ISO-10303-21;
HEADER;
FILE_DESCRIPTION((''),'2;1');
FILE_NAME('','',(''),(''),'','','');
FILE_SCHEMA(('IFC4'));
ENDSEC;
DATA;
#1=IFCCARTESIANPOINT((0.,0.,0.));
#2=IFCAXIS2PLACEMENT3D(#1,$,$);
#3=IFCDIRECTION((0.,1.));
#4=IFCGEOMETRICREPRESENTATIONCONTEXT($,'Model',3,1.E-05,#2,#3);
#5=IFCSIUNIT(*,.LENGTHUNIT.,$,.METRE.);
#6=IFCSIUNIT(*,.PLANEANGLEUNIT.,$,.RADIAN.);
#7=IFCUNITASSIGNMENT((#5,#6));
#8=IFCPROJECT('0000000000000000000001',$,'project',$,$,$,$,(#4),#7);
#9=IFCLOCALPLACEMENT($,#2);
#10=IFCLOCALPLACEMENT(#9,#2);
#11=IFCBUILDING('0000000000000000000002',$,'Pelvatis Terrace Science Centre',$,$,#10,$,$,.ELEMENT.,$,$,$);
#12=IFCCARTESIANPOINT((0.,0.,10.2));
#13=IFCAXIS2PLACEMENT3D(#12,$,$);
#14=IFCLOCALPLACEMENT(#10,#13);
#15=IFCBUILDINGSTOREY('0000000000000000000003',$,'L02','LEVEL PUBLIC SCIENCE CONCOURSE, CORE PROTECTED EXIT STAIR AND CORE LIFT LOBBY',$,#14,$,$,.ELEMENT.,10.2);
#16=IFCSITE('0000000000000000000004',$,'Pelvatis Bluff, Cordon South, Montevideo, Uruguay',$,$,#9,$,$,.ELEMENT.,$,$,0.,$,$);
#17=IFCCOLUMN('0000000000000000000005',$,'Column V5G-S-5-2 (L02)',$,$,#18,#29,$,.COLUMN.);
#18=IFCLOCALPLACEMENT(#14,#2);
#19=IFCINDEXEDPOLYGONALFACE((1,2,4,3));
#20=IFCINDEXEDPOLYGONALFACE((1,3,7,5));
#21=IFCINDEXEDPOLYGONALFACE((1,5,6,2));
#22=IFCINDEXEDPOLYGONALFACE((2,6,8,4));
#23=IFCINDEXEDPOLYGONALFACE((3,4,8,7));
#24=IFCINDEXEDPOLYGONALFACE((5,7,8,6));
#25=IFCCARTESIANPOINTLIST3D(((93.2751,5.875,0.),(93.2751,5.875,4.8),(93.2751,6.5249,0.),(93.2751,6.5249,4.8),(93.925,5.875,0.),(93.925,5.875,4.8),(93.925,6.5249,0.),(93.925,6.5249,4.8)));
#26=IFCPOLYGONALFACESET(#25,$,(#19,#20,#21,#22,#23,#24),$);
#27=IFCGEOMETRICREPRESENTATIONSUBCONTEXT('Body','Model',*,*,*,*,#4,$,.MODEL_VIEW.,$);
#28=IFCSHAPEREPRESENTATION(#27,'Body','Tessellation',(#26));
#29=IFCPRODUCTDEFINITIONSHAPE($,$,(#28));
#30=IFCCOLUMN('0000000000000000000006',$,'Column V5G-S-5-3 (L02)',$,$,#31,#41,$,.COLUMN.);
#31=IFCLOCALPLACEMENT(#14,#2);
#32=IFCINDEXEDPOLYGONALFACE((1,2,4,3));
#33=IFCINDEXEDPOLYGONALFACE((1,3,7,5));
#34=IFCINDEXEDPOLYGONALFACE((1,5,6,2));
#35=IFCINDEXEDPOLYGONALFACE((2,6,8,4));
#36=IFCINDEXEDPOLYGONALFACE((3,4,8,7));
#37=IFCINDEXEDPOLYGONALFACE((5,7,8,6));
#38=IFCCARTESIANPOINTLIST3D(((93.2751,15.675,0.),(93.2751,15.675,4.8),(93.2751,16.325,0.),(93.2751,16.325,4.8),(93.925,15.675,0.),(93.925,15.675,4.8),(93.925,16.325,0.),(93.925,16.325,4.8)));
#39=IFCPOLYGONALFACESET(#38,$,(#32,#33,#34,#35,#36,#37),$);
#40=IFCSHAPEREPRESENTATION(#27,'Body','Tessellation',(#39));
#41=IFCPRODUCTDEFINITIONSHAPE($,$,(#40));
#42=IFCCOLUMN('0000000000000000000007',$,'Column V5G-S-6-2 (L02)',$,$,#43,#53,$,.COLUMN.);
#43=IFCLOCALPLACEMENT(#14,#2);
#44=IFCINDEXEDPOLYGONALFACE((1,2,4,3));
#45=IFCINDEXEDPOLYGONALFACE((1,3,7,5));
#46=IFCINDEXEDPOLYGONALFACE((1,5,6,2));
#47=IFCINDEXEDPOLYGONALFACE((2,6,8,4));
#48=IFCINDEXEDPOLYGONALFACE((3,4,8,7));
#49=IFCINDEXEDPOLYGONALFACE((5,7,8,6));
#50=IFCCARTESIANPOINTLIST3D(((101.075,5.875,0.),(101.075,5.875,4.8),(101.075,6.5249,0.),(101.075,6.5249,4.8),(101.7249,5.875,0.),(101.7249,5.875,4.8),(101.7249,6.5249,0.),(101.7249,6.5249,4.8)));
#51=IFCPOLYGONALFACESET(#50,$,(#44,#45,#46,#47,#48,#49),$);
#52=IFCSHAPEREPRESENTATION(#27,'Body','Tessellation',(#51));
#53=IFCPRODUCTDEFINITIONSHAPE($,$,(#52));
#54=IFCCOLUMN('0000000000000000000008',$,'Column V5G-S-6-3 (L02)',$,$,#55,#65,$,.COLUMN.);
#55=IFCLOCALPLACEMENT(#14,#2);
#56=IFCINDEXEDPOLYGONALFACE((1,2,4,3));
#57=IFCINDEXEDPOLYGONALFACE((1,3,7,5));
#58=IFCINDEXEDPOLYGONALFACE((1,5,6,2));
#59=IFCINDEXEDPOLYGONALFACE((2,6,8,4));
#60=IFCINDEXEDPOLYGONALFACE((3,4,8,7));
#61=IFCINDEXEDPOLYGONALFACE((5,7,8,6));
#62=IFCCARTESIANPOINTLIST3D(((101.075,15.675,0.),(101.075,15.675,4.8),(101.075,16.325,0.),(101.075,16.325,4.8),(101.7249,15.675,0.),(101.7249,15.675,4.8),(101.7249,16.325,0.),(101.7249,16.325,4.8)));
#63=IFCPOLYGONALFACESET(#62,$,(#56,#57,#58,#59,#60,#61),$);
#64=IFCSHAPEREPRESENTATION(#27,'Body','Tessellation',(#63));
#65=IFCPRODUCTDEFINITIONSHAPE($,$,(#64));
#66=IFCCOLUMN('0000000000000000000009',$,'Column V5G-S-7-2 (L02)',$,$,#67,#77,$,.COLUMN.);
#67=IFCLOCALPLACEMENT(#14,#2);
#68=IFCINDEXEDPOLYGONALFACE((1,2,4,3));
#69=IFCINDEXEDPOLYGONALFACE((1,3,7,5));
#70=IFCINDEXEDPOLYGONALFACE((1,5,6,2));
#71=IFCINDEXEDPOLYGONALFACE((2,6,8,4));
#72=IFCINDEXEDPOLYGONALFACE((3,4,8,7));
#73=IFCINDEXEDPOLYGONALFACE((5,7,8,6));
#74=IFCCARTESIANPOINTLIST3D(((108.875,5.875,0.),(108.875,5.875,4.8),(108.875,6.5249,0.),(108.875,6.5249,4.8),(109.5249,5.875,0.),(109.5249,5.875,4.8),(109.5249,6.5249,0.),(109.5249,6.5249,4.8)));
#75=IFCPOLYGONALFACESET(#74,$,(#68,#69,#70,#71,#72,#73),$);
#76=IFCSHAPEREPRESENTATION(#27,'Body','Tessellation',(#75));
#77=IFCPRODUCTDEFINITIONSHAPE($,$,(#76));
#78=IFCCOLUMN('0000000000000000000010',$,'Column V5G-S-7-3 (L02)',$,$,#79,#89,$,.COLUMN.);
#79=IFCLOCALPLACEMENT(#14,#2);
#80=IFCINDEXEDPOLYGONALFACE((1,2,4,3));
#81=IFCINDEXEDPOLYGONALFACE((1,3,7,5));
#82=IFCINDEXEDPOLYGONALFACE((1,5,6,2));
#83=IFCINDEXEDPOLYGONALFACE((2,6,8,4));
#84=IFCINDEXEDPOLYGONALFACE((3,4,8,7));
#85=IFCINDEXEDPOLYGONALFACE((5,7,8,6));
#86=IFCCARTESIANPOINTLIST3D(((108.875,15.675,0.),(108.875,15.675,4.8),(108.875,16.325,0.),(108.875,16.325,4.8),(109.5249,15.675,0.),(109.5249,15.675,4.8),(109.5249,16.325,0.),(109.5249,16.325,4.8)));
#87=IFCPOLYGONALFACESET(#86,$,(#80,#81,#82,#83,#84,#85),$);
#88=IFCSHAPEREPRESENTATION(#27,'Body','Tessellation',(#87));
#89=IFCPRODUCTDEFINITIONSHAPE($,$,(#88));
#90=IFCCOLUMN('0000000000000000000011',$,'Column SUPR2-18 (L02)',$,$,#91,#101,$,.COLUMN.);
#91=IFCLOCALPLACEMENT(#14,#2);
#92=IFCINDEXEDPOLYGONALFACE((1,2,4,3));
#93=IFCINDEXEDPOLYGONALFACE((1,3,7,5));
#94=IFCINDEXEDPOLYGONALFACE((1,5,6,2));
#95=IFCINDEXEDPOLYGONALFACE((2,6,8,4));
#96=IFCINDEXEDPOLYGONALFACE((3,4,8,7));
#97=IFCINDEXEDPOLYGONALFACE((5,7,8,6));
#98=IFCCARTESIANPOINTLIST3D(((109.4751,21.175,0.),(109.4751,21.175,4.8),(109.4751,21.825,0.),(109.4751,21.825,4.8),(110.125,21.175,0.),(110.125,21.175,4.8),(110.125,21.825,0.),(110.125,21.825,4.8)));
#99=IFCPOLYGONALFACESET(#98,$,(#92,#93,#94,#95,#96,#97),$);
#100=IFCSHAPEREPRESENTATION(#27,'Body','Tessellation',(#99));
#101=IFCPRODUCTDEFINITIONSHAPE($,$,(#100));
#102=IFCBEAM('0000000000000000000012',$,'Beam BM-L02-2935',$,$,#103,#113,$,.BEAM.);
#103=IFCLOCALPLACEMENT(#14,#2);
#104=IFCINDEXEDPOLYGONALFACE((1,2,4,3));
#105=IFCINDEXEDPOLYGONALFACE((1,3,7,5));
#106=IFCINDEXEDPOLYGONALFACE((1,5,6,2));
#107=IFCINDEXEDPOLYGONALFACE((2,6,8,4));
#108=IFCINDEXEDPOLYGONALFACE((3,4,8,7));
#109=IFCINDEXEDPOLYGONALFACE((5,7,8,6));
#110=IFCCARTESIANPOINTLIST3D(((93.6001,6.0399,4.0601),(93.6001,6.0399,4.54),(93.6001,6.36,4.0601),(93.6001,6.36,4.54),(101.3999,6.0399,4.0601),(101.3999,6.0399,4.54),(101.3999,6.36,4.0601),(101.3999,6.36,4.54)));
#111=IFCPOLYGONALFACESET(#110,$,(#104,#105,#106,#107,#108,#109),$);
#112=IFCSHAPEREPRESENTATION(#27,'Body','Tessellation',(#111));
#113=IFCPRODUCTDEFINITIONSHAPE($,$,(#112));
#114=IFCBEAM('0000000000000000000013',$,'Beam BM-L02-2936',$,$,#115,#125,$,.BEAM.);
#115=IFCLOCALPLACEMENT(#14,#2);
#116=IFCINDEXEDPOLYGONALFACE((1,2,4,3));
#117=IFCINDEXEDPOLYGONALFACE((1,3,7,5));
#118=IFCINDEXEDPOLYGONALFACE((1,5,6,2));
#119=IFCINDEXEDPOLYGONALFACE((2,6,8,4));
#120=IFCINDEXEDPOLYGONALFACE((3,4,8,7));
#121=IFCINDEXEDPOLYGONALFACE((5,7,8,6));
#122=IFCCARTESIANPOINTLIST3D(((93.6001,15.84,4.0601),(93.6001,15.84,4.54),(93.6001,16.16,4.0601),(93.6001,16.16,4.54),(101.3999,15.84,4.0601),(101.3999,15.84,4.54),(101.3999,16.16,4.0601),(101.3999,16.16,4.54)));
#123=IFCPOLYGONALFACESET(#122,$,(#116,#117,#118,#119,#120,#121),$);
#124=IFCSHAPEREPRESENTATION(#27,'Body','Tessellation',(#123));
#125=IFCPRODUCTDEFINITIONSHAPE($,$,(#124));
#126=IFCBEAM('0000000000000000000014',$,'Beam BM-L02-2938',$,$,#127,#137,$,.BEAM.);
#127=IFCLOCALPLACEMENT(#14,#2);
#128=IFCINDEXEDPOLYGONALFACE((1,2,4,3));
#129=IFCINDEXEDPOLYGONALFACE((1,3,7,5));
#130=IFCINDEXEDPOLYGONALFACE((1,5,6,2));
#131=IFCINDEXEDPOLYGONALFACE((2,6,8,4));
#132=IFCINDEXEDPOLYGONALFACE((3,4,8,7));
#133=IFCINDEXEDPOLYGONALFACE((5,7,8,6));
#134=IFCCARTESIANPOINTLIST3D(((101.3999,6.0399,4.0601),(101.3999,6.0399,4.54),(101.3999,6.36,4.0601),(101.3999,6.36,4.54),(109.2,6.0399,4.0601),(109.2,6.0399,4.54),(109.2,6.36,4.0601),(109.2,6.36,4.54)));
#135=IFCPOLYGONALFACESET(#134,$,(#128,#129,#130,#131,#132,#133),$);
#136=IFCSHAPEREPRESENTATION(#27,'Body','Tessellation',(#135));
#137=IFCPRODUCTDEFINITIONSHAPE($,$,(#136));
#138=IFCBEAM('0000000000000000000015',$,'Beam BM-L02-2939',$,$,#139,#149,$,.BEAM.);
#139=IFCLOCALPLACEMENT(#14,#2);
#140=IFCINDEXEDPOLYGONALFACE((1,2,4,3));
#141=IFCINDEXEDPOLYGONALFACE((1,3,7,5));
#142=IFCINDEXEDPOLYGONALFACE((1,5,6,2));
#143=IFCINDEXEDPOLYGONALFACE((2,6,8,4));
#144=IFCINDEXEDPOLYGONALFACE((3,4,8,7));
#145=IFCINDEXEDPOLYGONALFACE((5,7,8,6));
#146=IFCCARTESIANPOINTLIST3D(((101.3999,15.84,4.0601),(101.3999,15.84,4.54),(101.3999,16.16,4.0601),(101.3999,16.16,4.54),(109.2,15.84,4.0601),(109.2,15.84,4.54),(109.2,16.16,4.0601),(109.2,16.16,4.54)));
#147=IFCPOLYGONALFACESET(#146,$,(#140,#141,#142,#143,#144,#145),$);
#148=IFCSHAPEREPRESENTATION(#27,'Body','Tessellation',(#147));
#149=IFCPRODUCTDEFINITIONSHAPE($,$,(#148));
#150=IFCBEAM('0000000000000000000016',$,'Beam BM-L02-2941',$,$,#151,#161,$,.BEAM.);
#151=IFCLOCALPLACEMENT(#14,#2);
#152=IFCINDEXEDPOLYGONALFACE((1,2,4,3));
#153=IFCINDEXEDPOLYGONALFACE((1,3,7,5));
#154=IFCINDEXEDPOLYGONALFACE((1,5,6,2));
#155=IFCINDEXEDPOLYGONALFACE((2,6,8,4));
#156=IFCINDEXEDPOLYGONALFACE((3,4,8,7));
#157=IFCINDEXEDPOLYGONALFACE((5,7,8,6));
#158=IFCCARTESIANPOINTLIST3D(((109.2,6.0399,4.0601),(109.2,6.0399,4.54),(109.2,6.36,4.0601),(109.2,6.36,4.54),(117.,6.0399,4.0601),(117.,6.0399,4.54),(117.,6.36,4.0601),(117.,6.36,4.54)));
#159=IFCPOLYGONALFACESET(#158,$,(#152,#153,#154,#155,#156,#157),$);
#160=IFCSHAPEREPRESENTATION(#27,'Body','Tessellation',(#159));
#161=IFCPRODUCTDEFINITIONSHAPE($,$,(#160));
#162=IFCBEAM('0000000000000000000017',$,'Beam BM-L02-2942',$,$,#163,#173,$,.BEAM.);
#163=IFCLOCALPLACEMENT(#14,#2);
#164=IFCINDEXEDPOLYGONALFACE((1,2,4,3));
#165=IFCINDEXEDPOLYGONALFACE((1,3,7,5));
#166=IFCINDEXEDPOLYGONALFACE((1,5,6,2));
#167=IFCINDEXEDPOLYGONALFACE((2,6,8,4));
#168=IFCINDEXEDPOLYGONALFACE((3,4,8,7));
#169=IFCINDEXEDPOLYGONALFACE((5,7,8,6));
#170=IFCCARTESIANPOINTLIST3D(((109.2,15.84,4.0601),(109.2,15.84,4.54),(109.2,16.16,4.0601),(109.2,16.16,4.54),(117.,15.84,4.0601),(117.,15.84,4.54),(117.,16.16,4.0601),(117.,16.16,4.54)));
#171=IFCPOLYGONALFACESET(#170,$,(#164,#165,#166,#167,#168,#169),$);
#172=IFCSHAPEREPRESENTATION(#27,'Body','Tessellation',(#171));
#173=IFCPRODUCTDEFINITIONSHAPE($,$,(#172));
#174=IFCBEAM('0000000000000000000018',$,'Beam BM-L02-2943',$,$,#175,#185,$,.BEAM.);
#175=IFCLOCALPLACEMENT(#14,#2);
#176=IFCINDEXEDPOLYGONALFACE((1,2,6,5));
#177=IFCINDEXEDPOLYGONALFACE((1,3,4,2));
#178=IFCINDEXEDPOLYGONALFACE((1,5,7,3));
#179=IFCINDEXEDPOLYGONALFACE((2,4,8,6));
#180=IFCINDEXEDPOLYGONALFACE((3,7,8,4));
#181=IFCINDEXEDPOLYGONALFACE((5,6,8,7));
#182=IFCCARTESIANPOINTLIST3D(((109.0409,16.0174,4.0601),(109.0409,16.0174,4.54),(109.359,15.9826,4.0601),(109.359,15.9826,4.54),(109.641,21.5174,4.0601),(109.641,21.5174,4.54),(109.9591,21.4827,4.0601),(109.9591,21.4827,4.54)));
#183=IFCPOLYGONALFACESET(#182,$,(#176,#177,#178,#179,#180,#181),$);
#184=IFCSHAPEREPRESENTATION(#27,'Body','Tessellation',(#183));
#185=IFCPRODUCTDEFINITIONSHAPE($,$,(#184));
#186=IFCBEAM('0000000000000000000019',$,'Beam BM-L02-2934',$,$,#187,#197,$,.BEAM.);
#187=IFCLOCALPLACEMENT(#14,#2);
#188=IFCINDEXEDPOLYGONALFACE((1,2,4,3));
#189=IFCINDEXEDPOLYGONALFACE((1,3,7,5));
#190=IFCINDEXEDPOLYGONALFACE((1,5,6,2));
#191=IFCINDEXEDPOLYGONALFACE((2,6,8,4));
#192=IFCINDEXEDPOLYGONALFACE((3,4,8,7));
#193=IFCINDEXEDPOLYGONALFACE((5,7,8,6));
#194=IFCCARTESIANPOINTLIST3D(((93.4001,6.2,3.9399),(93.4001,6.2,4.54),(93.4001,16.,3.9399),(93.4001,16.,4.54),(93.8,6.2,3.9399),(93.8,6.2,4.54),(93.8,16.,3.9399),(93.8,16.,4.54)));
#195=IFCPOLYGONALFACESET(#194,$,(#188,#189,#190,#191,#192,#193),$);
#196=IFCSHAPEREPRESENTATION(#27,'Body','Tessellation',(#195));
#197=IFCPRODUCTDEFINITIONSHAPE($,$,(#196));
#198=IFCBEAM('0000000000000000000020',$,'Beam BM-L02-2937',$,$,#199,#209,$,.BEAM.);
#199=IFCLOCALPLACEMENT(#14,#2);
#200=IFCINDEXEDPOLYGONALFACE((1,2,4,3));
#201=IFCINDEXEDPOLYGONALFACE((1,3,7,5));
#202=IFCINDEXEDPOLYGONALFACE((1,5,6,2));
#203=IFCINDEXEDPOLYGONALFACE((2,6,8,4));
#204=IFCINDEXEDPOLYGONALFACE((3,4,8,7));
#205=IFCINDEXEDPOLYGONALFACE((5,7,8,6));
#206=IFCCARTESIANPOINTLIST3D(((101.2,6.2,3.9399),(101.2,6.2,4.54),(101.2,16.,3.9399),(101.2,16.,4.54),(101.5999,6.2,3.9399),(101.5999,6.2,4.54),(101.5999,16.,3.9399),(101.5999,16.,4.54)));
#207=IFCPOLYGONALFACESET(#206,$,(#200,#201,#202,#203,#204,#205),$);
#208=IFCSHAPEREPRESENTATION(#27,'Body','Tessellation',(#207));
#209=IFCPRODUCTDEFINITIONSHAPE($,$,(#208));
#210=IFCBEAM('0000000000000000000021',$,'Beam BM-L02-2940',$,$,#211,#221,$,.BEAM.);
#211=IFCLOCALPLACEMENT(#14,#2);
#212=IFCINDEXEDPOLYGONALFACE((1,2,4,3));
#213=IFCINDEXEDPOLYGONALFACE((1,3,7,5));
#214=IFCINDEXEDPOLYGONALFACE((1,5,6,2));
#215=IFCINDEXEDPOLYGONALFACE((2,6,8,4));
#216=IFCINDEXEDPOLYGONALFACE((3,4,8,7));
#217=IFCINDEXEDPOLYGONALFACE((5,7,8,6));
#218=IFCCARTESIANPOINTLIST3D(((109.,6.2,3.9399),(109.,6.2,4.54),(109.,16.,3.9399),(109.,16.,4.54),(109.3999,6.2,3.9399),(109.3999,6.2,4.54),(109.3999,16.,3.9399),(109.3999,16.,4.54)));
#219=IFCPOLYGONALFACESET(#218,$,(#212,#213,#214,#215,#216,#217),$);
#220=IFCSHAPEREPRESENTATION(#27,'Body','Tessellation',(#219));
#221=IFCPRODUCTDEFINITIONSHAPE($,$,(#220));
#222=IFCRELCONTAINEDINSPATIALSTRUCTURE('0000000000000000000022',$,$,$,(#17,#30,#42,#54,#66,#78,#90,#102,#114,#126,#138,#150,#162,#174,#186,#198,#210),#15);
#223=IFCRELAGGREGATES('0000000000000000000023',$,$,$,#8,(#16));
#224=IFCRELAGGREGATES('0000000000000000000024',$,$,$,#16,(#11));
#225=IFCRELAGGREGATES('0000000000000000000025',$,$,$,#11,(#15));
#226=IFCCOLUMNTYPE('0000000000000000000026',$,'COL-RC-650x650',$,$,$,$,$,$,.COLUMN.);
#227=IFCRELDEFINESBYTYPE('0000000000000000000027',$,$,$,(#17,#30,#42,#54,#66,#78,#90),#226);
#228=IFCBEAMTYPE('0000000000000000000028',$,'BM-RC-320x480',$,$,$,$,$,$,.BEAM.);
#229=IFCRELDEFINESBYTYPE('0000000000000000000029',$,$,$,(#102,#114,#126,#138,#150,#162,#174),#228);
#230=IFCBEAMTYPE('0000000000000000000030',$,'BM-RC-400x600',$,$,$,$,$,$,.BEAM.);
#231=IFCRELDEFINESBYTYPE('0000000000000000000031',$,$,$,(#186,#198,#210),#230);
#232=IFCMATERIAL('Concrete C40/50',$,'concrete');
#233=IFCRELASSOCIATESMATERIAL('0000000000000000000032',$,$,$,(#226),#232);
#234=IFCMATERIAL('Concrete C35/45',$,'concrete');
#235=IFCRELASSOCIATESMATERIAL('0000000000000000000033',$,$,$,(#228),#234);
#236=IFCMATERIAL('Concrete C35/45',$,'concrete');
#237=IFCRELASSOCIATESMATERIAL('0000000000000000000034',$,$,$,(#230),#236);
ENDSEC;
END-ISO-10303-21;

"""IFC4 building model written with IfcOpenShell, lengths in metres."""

from ifc_helpers import new_model, si_unit, direction, frame, origin, origin_2d, place, context, subcontext, project, spatial, rectangle, extrude, material, material_profile, profile_set, type_object, element, save


model = new_model("IFC4")

# Units and contexts
model_context = context("Model", 3, precision=1e-05, world=origin(), true_north=direction((0.0, 1.0)))
body_context = subcontext(model_context, "Body", "Model", "MODEL_VIEW")
ifc_project = project(units=[si_unit("LENGTHUNIT", "METRE"), si_unit("PLANEANGLEUNIT", "RADIAN")], contexts=[model_context])

# Site, building, storey
site_placement = place(None, origin())
site = spatial("IfcSite", under=ifc_project, at=site_placement, Name="Pelvatis Bluff, Cordon South, Montevideo, Uruguay", CompositionType="ELEMENT", RefElevation=0.0)
building_placement = place(site_placement, origin())
building = spatial("IfcBuilding", under=site, at=building_placement, Name="Pelvatis Terrace Science Centre", CompositionType="ELEMENT")
storey_placement = place(building_placement, frame((0.0, 0.0, 10.2)))
storey = spatial("IfcBuildingStorey", under=building, at=storey_placement, Name="L02", Description="LEVEL PUBLIC SCIENCE CONCOURSE, CORE PROTECTED EXIT STAIR AND CORE LIFT LOBBY", CompositionType="ELEMENT", Elevation=10.2)

# Columns
ifc_material_1 = material(Name="Concrete C40/50", Category="concrete")
ifc_material_profile_1 = material_profile(ifc_material_1, rectangle(XDim=0.6499, YDim=0.6499, at=origin_2d()), Name="RC-COL 650x650")
ifc_profile_set_1 = profile_set([ifc_material_profile_1], Name="Concrete C40/50")
column_type = type_object("IfcColumnType", Name="COL-RC-650x650", PredefinedType="COLUMN", material=ifc_profile_set_1)
for number, where, z_axis, x_axis, name in (
    (1, (93.6001, 6.2, 0.0), (0.0, 0.0, 1.0), (1.0, 0.0, 0.0), "Column V5G-S-5-2 (L02)"),
    (2, (93.6001, 16.0, 0.0), (0.0, 0.0, 1.0), (1.0, 0.0, 0.0), "Column V5G-S-5-3 (L02)"),
    (3, (101.3999, 6.2, 0.0), (0.0, 0.0, 1.0), (1.0, 0.0, 0.0), "Column V5G-S-6-2 (L02)"),
    (4, (101.3999, 16.0, 0.0), (0.0, 0.0, 1.0), (1.0, 0.0, 0.0), "Column V5G-S-6-3 (L02)"),
    (5, (109.2, 6.2, 0.0), (0.0, 0.0, 1.0), (1.0, 0.0, 0.0), "Column V5G-S-7-2 (L02)"),
    (6, (109.2, 16.0, 0.0), (0.0, 0.0, 1.0), (1.0, 0.0, 0.0), "Column V5G-S-7-3 (L02)"),
    (7, (109.8, 21.5, 0.0), (0.0, 0.0, 1.0), (1.0, 0.0, 0.0), "Column SUPR2-18 (L02)"),
):
    element("IfcColumn", number, at=place(storey_placement, frame(where, z_axis=z_axis, x_axis=x_axis)), inside=storey, type_object=column_type, Name=name, PredefinedType="COLUMN", context=body_context, shape_type="SweptSolid", body=[
        extrude(rectangle(XDim=0.6499, YDim=0.6499, at=origin_2d()), origin(), (0.0, 0.0, 1.0), 4.8),
    ])

# Beams
ifc_material_2 = material(Name="Concrete C35/45", Category="concrete")
ifc_material_profile_2 = material_profile(ifc_material_2, rectangle(XDim=0.3201, YDim=0.48, at=origin_2d()), Name="RC-BM 320x480")
ifc_profile_set_2 = profile_set([ifc_material_profile_2], Name="Concrete C35/45")
beam_type_1 = type_object("IfcBeamType", Name="BM-RC-320x480", PredefinedType="BEAM", material=ifc_profile_set_2)
for number, where, z_axis, x_axis, name in (
    (8, (93.6001, 6.2, 4.3), (1.0, 0.0, 0.0), (0.0, 1.0, 0.0), "Beam BM-L02-2935"),
    (9, (93.6001, 16.0, 4.3), (1.0, 0.0, 0.0), (0.0, 1.0, 0.0), "Beam BM-L02-2936"),
):
    element("IfcBeam", number, at=place(storey_placement, frame(where, z_axis=z_axis, x_axis=x_axis)), inside=storey, type_object=beam_type_1, Name=name, PredefinedType="BEAM", context=body_context, shape_type="SweptSolid", body=[
        extrude(rectangle(XDim=0.3201, YDim=0.48, at=origin_2d()), origin(), (0.0, 0.0, 1.0), 7.7998),
    ])
for number, where, z_axis, x_axis, name in (
    (10, (101.3999, 6.2, 4.3), (1.0, 0.0, 0.0), (0.0, 1.0, 0.0), "Beam BM-L02-2938"),
    (11, (101.3999, 16.0, 4.3), (1.0, 0.0, 0.0), (0.0, 1.0, 0.0), "Beam BM-L02-2939"),
    (12, (109.2, 6.2, 4.3), (1.0, 0.0, 0.0), (0.0, 1.0, 0.0), "Beam BM-L02-2941"),
    (13, (109.2, 16.0, 4.3), (1.0, 0.0, 0.0), (0.0, 1.0, 0.0), "Beam BM-L02-2942"),
):
    element("IfcBeam", number, at=place(storey_placement, frame(where, z_axis=z_axis, x_axis=x_axis)), inside=storey, type_object=beam_type_1, Name=name, PredefinedType="BEAM", context=body_context, shape_type="SweptSolid", body=[
        extrude(rectangle(XDim=0.3201, YDim=0.48, at=origin_2d()), origin(), (0.0, 0.0, 1.0), 7.8),
    ])
beam_placement = place(storey_placement, frame((109.2, 16.0, 4.3), z_axis=(0.108465, 0.9941, 0.0), x_axis=(-0.9941, 0.108465, 0.0)))
element("IfcBeam", 14, at=beam_placement, inside=storey, type_object=beam_type_1, Name="Beam BM-L02-2943", PredefinedType="BEAM", context=body_context, shape_type="SweptSolid", body=[
    extrude(rectangle(XDim=0.3201, YDim=0.48, at=origin_2d()), origin(), (0.0, 0.0, 1.0), 5.5327),
])
ifc_material_3 = material(Name="Concrete C35/45", Category="concrete")
ifc_material_profile_3 = material_profile(ifc_material_3, rectangle(XDim=0.3999, YDim=0.6001, at=origin_2d()), Name="RC-BM 400x600")
ifc_profile_set_3 = profile_set([ifc_material_profile_3], Name="Concrete C35/45")
beam_type_2 = type_object("IfcBeamType", Name="BM-RC-400x600", PredefinedType="BEAM", material=ifc_profile_set_3)
for number, where, z_axis, x_axis, name in (
    (15, (93.6001, 6.2, 4.24), (0.0, 1.0, 0.0), (-1.0, 0.0, 0.0), "Beam BM-L02-2934"),
    (16, (101.3999, 6.2, 4.24), (0.0, 1.0, 0.0), (-1.0, 0.0, 0.0), "Beam BM-L02-2937"),
    (17, (109.2, 6.2, 4.24), (0.0, 1.0, 0.0), (-1.0, 0.0, 0.0), "Beam BM-L02-2940"),
):
    element("IfcBeam", number, at=place(storey_placement, frame(where, z_axis=z_axis, x_axis=x_axis)), inside=storey, type_object=beam_type_2, Name=name, PredefinedType="BEAM", context=body_context, shape_type="SweptSolid", body=[
        extrude(rectangle(XDim=0.3999, YDim=0.6001, at=origin_2d()), origin(), (0.0, 0.0, 1.0), 9.8),
    ])

save(model, "model.ifc")
